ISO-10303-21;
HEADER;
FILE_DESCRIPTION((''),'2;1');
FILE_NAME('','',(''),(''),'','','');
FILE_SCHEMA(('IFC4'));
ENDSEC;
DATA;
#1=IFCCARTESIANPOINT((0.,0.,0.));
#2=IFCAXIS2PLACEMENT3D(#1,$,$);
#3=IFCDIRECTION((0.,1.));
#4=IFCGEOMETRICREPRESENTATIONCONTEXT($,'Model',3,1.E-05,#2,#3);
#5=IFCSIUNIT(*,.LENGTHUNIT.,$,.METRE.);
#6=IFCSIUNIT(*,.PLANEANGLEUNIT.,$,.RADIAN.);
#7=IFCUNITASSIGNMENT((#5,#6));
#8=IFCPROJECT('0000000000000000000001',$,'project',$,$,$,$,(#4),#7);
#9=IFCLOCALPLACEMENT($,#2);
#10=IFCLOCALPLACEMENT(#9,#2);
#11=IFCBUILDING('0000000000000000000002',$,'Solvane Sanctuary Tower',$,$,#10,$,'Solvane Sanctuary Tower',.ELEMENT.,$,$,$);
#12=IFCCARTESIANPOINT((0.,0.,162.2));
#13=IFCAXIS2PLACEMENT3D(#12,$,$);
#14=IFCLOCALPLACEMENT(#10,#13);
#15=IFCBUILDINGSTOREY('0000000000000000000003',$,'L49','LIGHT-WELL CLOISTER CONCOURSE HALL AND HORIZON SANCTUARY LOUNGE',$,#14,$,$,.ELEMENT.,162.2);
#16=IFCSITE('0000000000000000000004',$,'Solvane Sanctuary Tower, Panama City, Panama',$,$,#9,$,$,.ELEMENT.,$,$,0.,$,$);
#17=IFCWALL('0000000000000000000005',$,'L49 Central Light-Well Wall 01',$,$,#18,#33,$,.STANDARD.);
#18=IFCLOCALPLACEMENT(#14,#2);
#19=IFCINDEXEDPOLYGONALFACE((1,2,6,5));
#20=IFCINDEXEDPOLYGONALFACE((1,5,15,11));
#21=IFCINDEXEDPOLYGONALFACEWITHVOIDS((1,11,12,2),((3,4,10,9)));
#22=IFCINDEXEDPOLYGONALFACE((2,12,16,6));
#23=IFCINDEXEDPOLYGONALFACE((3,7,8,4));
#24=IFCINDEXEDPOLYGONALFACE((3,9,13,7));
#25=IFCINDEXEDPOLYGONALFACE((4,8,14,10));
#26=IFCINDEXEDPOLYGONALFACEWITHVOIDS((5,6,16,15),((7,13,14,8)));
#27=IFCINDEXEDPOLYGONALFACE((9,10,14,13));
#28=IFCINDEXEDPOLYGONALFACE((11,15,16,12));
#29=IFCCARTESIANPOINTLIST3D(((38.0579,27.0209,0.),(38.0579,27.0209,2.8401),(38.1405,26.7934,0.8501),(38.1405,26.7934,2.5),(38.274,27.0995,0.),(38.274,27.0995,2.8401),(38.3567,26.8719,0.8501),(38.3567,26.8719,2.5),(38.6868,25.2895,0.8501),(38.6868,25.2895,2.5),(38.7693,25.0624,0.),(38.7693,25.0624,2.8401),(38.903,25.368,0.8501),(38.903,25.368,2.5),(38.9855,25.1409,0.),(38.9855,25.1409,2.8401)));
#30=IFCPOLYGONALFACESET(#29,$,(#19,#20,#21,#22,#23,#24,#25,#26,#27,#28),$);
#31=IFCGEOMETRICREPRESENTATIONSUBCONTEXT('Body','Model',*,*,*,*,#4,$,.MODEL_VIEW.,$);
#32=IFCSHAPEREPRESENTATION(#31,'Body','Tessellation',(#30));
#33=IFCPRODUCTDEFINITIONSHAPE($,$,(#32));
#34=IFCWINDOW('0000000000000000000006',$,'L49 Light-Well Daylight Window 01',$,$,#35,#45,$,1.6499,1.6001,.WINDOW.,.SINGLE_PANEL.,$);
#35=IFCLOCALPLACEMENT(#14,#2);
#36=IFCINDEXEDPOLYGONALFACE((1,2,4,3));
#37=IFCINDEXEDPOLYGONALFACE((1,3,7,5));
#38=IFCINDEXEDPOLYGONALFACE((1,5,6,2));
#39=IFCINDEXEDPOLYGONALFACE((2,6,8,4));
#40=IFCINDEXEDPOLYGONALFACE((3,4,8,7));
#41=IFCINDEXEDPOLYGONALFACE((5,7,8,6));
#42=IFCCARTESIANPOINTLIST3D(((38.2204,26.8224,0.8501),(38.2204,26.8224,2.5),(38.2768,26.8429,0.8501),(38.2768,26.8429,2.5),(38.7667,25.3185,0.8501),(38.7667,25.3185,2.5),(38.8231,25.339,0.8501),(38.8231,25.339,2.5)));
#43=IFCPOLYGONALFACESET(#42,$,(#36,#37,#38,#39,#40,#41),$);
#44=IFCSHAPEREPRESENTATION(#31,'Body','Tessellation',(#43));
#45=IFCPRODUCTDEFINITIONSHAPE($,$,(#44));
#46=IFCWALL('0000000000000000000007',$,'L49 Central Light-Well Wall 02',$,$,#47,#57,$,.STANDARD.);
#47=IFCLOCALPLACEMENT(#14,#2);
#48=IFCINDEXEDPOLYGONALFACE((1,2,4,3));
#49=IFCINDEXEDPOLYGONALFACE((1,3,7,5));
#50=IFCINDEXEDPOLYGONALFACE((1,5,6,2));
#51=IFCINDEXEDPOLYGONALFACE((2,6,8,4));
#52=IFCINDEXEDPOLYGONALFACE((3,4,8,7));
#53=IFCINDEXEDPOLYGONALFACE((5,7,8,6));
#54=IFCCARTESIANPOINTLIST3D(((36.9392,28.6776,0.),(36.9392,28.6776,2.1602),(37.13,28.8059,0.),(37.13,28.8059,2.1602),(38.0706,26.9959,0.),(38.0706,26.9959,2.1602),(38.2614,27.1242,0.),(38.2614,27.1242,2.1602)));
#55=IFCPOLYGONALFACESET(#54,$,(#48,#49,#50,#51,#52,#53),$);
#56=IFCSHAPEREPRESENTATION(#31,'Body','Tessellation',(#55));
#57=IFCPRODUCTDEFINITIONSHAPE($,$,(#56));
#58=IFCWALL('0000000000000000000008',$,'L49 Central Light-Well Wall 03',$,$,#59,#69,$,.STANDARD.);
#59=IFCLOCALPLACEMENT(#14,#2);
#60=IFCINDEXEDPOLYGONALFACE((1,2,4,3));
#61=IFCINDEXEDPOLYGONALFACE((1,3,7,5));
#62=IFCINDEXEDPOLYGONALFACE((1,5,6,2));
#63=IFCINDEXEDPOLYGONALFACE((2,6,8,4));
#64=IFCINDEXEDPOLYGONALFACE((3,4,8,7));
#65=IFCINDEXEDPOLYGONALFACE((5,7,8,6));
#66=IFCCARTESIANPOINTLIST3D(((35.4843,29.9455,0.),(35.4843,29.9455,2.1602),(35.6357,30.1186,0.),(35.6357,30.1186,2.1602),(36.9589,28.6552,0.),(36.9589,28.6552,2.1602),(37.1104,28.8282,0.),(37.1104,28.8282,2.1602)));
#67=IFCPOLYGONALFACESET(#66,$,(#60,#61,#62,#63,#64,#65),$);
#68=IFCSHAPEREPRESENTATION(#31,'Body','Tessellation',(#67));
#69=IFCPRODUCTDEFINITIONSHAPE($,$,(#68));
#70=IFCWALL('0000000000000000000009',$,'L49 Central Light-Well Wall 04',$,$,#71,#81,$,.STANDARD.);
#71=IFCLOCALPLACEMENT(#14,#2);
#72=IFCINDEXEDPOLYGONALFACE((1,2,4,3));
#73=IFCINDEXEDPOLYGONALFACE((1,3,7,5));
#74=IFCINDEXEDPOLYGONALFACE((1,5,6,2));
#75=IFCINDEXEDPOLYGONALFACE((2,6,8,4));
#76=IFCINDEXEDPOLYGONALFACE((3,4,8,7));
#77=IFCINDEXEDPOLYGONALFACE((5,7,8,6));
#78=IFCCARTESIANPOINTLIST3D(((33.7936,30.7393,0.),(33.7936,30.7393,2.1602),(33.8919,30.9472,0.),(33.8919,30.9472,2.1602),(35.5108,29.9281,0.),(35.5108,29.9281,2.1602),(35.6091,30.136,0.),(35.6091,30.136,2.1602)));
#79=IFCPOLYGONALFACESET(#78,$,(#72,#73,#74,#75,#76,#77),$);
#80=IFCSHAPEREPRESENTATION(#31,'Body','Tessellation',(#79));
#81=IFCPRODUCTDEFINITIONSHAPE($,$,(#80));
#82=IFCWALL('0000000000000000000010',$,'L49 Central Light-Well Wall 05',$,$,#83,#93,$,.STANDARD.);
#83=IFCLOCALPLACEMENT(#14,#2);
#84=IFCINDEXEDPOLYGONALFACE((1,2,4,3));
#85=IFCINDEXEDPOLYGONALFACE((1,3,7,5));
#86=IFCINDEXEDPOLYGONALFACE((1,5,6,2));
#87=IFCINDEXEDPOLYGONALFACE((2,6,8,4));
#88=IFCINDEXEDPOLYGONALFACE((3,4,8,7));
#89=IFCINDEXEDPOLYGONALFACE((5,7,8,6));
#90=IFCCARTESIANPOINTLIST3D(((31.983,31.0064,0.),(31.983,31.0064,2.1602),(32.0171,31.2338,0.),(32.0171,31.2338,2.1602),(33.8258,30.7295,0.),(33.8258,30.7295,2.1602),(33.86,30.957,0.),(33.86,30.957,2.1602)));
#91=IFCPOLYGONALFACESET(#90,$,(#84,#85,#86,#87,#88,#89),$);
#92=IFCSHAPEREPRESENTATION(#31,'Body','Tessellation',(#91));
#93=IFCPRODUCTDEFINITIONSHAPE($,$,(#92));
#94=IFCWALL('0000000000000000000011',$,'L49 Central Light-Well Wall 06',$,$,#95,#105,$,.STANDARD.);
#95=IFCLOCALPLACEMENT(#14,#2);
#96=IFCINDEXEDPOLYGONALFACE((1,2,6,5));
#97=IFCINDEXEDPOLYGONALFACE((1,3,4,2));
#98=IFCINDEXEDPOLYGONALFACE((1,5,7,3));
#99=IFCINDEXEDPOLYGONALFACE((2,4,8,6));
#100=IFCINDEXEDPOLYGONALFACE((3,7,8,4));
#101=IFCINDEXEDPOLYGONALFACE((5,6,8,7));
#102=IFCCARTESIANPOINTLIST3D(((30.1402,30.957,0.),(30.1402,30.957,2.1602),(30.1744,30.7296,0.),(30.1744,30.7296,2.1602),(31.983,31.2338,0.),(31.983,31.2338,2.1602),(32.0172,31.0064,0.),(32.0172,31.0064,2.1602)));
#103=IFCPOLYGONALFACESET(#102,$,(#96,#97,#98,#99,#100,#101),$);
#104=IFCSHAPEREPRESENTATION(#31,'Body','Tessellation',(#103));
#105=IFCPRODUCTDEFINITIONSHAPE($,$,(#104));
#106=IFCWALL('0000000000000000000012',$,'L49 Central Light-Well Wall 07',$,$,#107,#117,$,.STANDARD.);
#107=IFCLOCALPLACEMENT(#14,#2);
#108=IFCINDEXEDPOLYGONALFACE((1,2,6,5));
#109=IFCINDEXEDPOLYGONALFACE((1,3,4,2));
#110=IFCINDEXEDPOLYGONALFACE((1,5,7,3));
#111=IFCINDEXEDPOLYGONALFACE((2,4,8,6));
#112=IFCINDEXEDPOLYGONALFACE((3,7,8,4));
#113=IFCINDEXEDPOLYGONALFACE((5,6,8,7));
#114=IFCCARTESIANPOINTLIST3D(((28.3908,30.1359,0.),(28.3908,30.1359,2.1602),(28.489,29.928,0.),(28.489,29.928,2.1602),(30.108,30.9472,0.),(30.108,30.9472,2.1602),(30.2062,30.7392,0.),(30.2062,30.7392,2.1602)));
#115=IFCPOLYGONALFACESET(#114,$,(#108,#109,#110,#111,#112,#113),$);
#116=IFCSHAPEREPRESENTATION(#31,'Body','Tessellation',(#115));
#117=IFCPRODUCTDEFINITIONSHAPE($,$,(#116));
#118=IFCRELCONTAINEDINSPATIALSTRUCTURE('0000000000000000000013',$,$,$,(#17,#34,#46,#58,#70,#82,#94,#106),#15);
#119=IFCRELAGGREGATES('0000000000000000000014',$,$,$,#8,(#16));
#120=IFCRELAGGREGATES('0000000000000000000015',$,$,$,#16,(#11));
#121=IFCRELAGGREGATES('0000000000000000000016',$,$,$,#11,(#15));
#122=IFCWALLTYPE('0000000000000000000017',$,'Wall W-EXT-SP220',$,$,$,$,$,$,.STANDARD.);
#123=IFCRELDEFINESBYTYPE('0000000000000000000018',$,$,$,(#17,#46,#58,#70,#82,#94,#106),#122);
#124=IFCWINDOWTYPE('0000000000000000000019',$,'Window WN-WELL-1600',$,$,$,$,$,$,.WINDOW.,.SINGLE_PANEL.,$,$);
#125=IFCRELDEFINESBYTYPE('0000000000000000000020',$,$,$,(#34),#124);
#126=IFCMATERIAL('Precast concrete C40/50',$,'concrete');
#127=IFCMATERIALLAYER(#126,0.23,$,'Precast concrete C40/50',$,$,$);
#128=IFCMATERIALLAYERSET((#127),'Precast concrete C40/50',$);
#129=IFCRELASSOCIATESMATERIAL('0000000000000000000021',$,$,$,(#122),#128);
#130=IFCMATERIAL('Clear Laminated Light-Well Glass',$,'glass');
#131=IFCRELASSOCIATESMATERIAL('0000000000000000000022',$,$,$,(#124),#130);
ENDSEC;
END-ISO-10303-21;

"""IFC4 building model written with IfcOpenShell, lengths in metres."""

from ifc_helpers import new_model, si_unit, direction, frame, frame_2d, origin, place, context, subcontext, project, spatial, rectangle, extrude, material, layer, layer_set, type_object, element, fill, save


model = new_model("IFC4")

# Units and contexts
model_context = context("Model", 3, precision=1e-05, world=origin(), true_north=direction((0.0, 1.0)))
body_context = subcontext(model_context, "Body", "Model", "MODEL_VIEW")
ifc_project = project(units=[si_unit("LENGTHUNIT", "METRE"), si_unit("PLANEANGLEUNIT", "RADIAN")], contexts=[model_context])

# Site, building, storey
site_placement = place(None, origin())
site = spatial("IfcSite", under=ifc_project, at=site_placement, Name="Solvane Sanctuary Tower, Panama City, Panama", CompositionType="ELEMENT", RefElevation=0.0)
building_placement = place(site_placement, origin())
building = spatial("IfcBuilding", under=site, at=building_placement, Name="Solvane Sanctuary Tower", LongName="Solvane Sanctuary Tower", CompositionType="ELEMENT")
storey_placement = place(building_placement, frame((0.0, 0.0, 162.2)))
storey = spatial("IfcBuildingStorey", under=building, at=storey_placement, Name="L49", Description="LIGHT-WELL CLOISTER CONCOURSE HALL AND HORIZON SANCTUARY LOUNGE", CompositionType="ELEMENT", Elevation=162.2)

# Shared definitions
ifc_material_1 = material(Name="Precast concrete C40/50", Category="concrete")
ifc_layer_1 = layer(ifc_material_1, 0.23, Name="Precast concrete C40/50")
ifc_layer_set_1 = layer_set([ifc_layer_1], Name="Precast concrete C40/50")
wall_type_1 = type_object("IfcWallType", Name="Wall W-EXT-SP220", PredefinedType="STANDARD", material=ifc_layer_set_1)

# Wall, opening, window
wall_1_placement = place(storey_placement, frame((38.8774, 25.1016, 0.0), z_axis=(0.0, 0.0, 1.0), x_axis=(-0.341423, 0.93991, 0.0)))
wall_1 = element("IfcWall", 1, at=wall_1_placement, inside=storey, type_object=wall_type_1, Name="L49 Central Light-Well Wall 01", PredefinedType="STANDARD", context=body_context, shape_type="SweptSolid", body=[
    extrude(rectangle(XDim=2.0837, YDim=0.23, at=frame_2d((1.042, 0.0))), origin(), (0.0, 0.0, 1.0), 2.8401),
])
opening_placement = place(wall_1_placement, frame((0.2417, 0.0, 0.8501)))
opening = element("IfcOpeningElement", 2, at=opening_placement, cuts=wall_1, PredefinedType="OPENING", context=body_context, shape_type="SweptSolid", body=[
    extrude(rectangle(XDim=1.6001, YDim=1.6499, at=frame_2d((0.8, 0.825))), frame((0.0, 0.125, 0.0), z_axis=(0.0, -1.0, 0.0), x_axis=(1.0, 0.0, 0.0)), (0.0, 0.0, 1.0), 0.25),
])
ifc_material_2 = material(Name="Clear Laminated Light-Well Glass", Category="glass")
window_type = type_object("IfcWindowType", Name="Window WN-WELL-1600", PartitioningType="SINGLE_PANEL", PredefinedType="WINDOW", material=ifc_material_2)
window_placement = place(opening_placement, origin())
window = element("IfcWindow", 3, at=window_placement, inside=storey, type_object=window_type, Name="L49 Light-Well Daylight Window 01", OverallHeight=1.6499, OverallWidth=1.6001, PartitioningType="SINGLE_PANEL", PredefinedType="WINDOW", context=body_context, shape_type="SweptSolid", body=[
    extrude(rectangle(XDim=1.6001, YDim=1.6499, at=frame_2d((0.8, 0.825))), frame((0.0, 0.03, 0.0), z_axis=(0.0, -1.0, 0.0), x_axis=(1.0, 0.0, 0.0)), (0.0, 0.0, 1.0), 0.0601),
])
fill(opening, window)

# Walls
wall_2_placement = place(storey_placement, frame((38.166, 27.0601, 0.0), z_axis=(0.0, 0.0, 1.0), x_axis=(-0.558198, 0.829708, 0.0)))
element("IfcWall", 4, at=wall_2_placement, inside=storey, type_object=wall_type_1, Name="L49 Central Light-Well Wall 02", PredefinedType="STANDARD", context=body_context, shape_type="SweptSolid", body=[
    extrude(rectangle(XDim=2.0269, YDim=0.23, at=frame_2d((1.0134, 0.0))), origin(), (0.0, 0.0, 1.0), 2.1602),
])
wall_3_placement = place(storey_placement, frame((37.0347, 28.7417, 0.0), z_axis=(0.0, 0.0, 1.0), x_axis=(-0.752577, 0.658505, 0.0)))
element("IfcWall", 5, at=wall_3_placement, inside=storey, type_object=wall_type_1, Name="L49 Central Light-Well Wall 03", PredefinedType="STANDARD", context=body_context, shape_type="SweptSolid", body=[
    extrude(rectangle(XDim=1.9595, YDim=0.23, at=frame_2d((0.9797, 0.0))), origin(), (0.0, 0.0, 1.0), 2.1602),
])
wall_4_placement = place(storey_placement, frame((35.5601, 30.032, 0.0), z_axis=(0.0, 0.0, 1.0), x_axis=(-0.90418, 0.427152, 0.0)))
element("IfcWall", 6, at=wall_4_placement, inside=storey, type_object=wall_type_1, Name="L49 Central Light-Well Wall 04", PredefinedType="STANDARD", context=body_context, shape_type="SweptSolid", body=[
    extrude(rectangle(XDim=1.8992, YDim=0.23, at=frame_2d((0.9497, 0.0))), origin(), (0.0, 0.0, 1.0), 2.1602),
])
for number, where, z_axis, x_axis, name in (
    (7, (33.8428, 30.8433, 0.0), (0.0, 0.0, 1.0), (-0.988902, 0.148571, 0.0), "L49 Central Light-Well Wall 05"),
    (8, (32.0, 31.1201, 0.0), (0.0, 0.0, 1.0), (-0.988902, -0.148571, 0.0), "L49 Central Light-Well Wall 06"),
):
    element("IfcWall", number, at=place(storey_placement, frame(where, z_axis=z_axis, x_axis=x_axis)), inside=storey, type_object=wall_type_1, Name=name, PredefinedType="STANDARD", context=body_context, shape_type="SweptSolid", body=[
        extrude(rectangle(XDim=1.8635, YDim=0.23, at=frame_2d((0.9316, 0.0))), origin(), (0.0, 0.0, 1.0), 2.1602),
    ])
wall_5_placement = place(storey_placement, frame((30.1572, 30.8433, 0.0), z_axis=(0.0, 0.0, 1.0), x_axis=(-0.90418, -0.427152, 0.0)))
element("IfcWall", 9, at=wall_5_placement, inside=storey, type_object=wall_type_1, Name="L49 Central Light-Well Wall 07", PredefinedType="STANDARD", context=body_context, shape_type="SweptSolid", body=[
    extrude(rectangle(XDim=1.8992, YDim=0.23, at=frame_2d((0.9497, 0.0))), origin(), (0.0, 0.0, 1.0), 2.1602),
])

save(model, "model.ifc")
